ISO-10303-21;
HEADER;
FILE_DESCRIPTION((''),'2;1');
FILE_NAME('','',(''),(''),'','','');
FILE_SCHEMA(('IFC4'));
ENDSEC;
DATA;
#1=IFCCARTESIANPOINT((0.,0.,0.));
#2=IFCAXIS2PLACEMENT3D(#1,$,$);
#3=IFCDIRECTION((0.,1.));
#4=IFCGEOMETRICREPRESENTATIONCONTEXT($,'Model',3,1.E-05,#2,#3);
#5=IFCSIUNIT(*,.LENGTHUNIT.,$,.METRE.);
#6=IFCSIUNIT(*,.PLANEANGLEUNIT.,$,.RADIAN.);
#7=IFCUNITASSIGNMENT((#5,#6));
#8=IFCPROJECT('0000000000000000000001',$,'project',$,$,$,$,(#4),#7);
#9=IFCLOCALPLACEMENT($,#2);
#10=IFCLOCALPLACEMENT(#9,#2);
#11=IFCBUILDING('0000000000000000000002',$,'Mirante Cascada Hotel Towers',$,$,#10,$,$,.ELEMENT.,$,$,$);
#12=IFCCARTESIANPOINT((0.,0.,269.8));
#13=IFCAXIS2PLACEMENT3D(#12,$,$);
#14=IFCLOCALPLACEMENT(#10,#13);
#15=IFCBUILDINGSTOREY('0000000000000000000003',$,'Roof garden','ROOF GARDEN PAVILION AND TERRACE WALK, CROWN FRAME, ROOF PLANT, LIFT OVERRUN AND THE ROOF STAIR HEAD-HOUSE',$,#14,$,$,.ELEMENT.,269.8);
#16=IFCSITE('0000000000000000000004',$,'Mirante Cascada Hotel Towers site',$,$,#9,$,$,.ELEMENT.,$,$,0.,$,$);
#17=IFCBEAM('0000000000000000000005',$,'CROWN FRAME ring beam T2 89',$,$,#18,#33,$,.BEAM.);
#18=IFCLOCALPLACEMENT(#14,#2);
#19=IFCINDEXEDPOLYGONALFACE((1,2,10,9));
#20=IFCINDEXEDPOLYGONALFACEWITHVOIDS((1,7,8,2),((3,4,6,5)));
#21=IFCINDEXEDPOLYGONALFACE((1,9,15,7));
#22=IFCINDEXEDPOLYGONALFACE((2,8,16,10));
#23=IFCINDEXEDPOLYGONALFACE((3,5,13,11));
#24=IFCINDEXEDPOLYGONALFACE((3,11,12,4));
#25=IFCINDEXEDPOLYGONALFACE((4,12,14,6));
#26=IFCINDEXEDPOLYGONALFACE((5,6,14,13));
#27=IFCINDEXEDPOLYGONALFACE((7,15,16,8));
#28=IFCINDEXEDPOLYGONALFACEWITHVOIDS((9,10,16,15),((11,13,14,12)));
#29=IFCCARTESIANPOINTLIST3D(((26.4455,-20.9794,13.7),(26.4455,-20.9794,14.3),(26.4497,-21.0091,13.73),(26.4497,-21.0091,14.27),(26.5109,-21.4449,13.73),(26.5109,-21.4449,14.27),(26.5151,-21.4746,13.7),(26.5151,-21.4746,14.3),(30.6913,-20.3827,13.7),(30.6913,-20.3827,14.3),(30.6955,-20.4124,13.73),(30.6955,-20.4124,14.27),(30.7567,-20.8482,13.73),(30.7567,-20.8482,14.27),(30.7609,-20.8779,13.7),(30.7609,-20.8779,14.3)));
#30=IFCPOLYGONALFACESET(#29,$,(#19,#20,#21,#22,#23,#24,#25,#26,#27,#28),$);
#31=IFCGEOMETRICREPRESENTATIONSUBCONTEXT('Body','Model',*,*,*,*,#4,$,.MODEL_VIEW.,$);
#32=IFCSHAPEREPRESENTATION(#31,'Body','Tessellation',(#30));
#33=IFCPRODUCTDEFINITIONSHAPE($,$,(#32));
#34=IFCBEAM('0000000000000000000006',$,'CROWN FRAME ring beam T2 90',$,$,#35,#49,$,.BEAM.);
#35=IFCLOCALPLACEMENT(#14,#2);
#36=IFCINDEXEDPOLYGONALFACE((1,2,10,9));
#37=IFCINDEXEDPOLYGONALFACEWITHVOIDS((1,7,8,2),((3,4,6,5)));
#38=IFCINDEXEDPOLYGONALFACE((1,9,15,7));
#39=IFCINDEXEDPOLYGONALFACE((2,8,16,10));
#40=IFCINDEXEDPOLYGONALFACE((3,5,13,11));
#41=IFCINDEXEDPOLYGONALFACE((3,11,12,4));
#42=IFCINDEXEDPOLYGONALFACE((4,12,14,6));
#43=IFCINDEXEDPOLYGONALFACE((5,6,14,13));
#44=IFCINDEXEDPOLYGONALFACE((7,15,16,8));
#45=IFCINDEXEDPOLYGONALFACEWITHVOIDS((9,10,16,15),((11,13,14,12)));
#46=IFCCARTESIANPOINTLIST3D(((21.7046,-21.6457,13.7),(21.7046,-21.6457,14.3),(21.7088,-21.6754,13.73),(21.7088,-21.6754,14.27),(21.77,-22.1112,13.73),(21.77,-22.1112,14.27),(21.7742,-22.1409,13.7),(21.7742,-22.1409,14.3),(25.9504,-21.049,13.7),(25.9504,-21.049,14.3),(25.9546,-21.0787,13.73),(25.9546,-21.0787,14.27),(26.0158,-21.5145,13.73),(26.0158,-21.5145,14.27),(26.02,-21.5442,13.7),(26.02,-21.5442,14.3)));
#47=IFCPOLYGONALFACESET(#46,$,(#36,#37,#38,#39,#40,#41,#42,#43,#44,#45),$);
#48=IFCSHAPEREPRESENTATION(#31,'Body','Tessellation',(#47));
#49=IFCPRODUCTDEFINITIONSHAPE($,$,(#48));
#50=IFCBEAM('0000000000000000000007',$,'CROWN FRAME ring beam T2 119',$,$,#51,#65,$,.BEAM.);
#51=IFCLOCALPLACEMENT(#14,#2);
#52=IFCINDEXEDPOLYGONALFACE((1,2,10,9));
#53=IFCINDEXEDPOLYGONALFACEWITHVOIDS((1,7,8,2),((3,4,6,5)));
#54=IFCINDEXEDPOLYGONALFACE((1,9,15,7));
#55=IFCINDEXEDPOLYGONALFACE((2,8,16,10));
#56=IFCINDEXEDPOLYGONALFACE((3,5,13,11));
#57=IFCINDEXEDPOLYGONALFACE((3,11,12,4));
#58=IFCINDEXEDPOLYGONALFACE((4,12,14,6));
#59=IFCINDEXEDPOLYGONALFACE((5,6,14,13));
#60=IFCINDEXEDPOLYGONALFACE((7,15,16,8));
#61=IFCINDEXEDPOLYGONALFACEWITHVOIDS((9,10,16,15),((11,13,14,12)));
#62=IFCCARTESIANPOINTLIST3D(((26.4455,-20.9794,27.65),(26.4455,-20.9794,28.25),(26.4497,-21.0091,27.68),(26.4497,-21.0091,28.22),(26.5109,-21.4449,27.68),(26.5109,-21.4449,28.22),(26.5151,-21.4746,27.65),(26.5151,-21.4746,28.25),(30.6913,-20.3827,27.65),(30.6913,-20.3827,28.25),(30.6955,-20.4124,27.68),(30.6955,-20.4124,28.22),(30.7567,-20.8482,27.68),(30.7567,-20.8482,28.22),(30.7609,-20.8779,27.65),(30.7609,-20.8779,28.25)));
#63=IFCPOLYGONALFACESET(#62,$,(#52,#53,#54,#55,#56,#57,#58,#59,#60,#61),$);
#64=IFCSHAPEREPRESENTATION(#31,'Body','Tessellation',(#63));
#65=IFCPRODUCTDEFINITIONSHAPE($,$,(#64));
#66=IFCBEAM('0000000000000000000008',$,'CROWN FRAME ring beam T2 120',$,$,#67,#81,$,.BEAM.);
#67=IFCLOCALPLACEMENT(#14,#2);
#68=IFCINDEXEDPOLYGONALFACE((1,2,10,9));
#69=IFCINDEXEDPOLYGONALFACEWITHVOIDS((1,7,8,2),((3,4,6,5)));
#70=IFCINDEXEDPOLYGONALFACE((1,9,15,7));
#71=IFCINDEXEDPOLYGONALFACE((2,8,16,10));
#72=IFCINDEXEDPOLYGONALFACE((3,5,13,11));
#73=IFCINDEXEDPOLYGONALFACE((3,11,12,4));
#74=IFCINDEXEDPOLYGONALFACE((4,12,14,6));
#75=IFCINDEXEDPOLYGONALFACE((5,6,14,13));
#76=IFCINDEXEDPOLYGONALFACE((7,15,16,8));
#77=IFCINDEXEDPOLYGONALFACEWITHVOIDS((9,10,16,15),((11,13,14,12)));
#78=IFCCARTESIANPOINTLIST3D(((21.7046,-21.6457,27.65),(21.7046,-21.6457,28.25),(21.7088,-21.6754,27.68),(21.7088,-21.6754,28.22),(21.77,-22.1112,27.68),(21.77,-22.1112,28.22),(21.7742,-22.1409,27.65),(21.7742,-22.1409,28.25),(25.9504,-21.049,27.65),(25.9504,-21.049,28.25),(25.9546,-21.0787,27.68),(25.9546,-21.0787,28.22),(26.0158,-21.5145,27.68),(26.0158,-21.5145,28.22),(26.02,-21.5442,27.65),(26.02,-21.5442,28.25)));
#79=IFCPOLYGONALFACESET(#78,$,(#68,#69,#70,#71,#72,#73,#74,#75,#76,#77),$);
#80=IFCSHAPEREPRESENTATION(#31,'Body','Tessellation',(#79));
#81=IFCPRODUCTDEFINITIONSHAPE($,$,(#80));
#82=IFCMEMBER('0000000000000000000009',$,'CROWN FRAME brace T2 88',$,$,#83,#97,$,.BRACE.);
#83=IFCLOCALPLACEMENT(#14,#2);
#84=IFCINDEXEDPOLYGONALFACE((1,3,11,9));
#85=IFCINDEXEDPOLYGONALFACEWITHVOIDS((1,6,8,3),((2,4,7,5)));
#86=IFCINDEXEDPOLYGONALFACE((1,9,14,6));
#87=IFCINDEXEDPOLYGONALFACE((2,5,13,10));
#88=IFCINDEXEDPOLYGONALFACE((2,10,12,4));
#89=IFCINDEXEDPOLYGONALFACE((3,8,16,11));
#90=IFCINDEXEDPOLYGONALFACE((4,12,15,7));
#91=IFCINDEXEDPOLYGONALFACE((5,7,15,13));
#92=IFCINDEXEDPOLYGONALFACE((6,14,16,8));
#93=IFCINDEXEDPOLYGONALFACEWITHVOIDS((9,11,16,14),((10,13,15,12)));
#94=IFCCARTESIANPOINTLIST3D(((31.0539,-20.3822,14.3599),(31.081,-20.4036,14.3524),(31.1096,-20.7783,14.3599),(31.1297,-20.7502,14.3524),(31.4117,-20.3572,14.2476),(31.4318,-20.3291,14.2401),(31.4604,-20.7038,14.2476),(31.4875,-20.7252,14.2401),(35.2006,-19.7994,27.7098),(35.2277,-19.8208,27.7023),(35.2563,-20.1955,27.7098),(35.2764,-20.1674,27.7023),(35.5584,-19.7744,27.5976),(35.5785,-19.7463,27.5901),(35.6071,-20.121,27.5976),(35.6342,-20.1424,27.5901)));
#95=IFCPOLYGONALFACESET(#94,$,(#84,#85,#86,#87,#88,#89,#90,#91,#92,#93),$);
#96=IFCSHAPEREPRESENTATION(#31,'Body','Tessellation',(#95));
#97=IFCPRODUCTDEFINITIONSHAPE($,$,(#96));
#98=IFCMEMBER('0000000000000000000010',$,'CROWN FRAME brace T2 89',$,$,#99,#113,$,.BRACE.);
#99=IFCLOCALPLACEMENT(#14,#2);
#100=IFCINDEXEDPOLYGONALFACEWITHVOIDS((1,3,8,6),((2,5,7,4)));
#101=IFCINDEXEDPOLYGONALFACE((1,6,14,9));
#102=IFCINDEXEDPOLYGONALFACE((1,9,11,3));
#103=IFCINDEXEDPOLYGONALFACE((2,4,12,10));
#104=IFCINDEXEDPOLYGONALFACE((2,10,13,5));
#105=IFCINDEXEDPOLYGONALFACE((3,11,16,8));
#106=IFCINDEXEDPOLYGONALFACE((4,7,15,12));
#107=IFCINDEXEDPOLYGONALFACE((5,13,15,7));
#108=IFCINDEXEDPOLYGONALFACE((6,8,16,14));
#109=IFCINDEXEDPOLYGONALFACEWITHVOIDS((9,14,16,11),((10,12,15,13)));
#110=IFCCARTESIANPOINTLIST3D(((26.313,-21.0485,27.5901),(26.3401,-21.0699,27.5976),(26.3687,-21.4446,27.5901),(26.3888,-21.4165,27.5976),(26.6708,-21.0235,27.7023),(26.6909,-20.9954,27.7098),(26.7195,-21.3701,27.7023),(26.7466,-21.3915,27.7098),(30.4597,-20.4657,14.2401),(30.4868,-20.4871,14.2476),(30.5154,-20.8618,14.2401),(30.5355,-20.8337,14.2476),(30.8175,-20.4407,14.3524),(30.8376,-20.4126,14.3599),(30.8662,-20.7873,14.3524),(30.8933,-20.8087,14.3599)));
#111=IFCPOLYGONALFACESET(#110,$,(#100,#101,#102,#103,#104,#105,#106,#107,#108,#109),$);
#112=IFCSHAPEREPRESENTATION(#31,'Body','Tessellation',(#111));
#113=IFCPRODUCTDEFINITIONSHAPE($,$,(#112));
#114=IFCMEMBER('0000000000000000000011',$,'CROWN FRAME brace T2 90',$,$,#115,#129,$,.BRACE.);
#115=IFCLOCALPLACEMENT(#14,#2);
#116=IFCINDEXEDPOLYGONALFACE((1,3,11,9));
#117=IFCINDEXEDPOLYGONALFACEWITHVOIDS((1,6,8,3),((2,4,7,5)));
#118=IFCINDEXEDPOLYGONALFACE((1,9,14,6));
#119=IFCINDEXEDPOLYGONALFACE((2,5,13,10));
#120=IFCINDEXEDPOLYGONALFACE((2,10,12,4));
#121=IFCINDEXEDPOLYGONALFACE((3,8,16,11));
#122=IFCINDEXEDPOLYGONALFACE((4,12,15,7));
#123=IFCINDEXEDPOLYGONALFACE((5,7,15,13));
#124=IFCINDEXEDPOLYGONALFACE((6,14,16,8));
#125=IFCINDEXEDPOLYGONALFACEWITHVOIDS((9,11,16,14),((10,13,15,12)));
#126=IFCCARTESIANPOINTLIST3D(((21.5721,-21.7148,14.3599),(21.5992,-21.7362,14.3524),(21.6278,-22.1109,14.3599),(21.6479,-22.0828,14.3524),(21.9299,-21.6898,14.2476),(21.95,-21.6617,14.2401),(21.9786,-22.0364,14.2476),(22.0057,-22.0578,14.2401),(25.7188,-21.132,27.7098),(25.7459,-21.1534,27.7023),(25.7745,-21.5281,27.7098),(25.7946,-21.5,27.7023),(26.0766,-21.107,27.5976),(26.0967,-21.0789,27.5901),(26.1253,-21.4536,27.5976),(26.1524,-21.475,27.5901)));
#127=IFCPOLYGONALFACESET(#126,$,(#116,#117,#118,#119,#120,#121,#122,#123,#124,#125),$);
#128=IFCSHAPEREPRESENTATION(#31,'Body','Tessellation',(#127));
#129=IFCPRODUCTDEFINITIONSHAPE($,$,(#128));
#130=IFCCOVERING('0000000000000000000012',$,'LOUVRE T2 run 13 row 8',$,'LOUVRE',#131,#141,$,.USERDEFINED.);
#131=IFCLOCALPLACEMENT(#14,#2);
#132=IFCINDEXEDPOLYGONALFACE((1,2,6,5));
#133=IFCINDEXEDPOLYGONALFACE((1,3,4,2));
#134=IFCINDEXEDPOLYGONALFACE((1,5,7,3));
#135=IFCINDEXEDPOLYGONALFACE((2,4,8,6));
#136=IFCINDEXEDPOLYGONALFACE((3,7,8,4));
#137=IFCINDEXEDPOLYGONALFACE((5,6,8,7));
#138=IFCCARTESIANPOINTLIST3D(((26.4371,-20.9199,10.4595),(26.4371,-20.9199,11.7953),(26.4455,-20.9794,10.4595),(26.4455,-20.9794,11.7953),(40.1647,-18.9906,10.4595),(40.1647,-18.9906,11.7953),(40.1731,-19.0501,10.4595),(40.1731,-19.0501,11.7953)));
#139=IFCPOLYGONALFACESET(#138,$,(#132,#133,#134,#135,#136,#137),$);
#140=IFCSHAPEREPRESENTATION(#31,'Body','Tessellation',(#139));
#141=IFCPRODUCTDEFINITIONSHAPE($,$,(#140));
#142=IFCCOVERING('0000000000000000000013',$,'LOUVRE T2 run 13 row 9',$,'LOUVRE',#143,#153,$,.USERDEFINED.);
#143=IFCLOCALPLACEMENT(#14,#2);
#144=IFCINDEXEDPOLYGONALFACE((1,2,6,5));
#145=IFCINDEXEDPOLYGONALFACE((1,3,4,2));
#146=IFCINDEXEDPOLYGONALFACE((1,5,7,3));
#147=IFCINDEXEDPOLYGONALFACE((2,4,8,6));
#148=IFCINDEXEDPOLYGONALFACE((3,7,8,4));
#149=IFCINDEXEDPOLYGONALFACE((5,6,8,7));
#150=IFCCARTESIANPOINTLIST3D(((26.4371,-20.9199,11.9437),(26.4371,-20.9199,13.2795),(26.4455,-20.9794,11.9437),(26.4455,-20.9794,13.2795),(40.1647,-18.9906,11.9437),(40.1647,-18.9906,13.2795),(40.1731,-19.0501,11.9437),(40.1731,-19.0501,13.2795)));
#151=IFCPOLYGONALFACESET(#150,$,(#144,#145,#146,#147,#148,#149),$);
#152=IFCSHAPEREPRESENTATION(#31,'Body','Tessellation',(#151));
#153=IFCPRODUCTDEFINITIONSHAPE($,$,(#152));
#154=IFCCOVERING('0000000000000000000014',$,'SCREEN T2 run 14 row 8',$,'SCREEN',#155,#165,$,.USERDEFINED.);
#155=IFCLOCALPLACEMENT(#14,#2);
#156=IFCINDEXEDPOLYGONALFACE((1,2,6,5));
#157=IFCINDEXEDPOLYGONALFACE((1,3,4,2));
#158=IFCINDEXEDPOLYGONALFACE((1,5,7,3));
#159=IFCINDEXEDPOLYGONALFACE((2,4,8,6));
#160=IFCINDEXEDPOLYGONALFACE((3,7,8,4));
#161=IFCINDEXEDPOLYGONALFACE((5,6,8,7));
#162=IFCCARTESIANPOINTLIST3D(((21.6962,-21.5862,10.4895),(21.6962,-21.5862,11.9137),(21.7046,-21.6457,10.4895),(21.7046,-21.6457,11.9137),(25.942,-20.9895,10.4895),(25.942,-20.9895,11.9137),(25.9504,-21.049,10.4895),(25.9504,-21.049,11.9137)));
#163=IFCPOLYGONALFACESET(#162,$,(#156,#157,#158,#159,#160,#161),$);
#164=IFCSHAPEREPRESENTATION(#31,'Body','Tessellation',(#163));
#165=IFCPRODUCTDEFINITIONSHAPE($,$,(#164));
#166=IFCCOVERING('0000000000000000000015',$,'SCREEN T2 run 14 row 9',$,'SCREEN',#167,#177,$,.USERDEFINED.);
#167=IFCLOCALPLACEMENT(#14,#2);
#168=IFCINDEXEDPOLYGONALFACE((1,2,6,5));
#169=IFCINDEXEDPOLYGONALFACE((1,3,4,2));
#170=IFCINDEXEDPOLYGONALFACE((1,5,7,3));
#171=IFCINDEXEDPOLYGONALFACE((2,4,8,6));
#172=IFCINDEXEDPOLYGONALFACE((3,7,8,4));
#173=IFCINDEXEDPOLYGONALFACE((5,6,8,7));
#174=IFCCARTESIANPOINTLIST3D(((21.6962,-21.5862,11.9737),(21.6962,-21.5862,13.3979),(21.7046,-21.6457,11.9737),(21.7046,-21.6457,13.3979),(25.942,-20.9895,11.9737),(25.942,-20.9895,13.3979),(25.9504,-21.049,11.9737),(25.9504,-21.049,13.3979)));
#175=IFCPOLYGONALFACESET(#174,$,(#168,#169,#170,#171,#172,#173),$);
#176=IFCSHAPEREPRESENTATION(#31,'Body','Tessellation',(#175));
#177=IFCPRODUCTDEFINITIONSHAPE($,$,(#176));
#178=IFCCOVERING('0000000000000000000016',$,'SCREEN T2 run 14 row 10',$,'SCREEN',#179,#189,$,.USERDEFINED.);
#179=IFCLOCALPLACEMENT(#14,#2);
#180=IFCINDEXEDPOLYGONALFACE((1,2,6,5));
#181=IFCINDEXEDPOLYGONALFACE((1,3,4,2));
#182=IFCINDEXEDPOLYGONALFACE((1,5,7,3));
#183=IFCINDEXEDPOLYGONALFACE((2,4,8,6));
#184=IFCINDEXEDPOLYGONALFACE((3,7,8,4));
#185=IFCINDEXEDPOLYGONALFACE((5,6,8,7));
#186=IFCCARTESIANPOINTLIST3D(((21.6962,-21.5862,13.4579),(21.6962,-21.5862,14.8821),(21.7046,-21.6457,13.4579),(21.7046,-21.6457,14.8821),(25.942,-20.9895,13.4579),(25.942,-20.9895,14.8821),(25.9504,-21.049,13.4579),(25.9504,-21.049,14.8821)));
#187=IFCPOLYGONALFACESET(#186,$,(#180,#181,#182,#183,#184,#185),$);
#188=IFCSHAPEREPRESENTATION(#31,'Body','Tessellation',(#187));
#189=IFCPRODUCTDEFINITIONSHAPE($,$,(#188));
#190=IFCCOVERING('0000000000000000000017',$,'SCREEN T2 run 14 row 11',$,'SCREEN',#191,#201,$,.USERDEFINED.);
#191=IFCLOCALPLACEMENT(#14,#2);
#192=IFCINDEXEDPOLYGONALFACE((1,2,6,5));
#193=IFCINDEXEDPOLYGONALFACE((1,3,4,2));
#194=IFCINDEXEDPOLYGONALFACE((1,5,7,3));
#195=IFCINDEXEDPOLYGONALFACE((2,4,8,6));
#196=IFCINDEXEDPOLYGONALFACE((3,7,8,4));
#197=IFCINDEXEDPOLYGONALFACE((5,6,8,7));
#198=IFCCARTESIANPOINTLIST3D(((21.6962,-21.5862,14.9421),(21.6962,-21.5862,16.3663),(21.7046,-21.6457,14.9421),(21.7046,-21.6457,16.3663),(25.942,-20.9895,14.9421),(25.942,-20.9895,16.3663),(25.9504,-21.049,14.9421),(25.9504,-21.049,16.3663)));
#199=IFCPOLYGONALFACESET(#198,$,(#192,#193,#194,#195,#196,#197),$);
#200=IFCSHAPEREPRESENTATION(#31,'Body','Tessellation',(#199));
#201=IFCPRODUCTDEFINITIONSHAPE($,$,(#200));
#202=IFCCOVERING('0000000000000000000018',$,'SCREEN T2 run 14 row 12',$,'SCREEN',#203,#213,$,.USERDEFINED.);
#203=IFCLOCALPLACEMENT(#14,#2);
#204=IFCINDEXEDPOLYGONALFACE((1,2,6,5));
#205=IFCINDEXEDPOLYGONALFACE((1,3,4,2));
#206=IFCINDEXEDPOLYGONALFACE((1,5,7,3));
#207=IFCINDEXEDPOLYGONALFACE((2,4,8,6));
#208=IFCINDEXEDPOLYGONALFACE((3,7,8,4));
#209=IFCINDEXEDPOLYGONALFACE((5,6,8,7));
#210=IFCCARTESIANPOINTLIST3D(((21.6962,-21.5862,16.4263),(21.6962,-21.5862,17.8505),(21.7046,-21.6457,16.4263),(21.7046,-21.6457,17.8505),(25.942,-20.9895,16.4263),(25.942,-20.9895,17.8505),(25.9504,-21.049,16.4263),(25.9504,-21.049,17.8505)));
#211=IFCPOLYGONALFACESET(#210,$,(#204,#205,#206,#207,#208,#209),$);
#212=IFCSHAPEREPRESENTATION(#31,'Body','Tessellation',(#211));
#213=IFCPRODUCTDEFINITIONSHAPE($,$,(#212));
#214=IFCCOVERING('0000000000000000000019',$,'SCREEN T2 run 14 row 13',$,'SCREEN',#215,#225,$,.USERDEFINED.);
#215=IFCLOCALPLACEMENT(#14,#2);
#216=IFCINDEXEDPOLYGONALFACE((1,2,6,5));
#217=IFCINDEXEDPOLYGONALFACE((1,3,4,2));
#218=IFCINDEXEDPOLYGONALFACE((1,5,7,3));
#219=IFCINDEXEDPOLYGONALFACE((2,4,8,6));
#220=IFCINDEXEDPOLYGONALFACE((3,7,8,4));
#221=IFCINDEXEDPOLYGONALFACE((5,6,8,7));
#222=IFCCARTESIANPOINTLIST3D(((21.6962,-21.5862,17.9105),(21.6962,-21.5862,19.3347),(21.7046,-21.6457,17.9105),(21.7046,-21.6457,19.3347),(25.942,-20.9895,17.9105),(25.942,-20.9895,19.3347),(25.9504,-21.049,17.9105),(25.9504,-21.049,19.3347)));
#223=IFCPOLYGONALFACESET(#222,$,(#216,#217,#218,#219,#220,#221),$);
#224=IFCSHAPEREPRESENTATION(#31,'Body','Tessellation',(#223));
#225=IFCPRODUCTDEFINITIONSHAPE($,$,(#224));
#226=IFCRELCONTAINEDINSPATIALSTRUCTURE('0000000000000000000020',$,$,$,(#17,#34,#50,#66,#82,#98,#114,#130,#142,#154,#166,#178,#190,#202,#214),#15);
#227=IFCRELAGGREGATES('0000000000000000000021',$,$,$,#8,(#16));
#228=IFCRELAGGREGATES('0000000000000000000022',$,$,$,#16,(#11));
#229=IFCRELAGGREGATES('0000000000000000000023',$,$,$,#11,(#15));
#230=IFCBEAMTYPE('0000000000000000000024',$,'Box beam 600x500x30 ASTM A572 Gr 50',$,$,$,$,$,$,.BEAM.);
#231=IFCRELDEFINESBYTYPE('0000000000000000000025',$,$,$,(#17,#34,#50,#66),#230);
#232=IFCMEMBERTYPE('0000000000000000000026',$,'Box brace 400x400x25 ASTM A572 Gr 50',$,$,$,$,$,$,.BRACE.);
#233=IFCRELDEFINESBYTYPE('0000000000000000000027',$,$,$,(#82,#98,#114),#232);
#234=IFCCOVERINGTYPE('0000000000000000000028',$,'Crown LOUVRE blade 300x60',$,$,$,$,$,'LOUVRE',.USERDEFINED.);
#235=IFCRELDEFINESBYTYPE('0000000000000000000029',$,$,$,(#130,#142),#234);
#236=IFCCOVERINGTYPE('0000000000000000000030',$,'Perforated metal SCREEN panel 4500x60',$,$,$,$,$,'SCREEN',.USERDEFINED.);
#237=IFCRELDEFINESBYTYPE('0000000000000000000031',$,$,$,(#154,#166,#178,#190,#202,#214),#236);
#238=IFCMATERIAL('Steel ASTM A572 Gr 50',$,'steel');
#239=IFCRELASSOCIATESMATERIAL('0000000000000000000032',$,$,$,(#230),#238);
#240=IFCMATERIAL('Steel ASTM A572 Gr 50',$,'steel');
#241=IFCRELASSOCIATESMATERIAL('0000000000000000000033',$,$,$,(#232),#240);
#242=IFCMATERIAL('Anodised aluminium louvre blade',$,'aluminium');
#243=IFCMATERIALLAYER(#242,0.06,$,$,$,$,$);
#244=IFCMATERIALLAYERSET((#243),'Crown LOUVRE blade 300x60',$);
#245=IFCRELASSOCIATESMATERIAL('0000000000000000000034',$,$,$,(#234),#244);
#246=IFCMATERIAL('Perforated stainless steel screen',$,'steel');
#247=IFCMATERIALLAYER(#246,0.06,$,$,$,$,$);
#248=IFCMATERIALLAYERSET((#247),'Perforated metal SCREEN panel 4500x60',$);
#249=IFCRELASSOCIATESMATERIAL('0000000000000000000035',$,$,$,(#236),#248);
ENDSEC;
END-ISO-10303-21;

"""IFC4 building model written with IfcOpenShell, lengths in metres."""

from ifc_helpers import new_model, si_unit, direction, frame, origin, origin_2d, place, context, subcontext, project, spatial, rectangle, hollow_rectangle, extrude, material, layer, layer_set, material_profile, profile_set, type_object, element, save


model = new_model("IFC4")

# Units and contexts
model_context = context("Model", 3, precision=1e-05, world=origin(), true_north=direction((0.0, 1.0)))
body_context = subcontext(model_context, "Body", "Model", "MODEL_VIEW")
ifc_project = project(units=[si_unit("LENGTHUNIT", "METRE"), si_unit("PLANEANGLEUNIT", "RADIAN")], contexts=[model_context])

# Site, building, storey
site_placement = place(None, origin())
site = spatial("IfcSite", under=ifc_project, at=site_placement, Name="Mirante Cascada Hotel Towers site", CompositionType="ELEMENT", RefElevation=0.0)
building_placement = place(site_placement, origin())
building = spatial("IfcBuilding", under=site, at=building_placement, Name="Mirante Cascada Hotel Towers", CompositionType="ELEMENT")
storey_placement = place(building_placement, frame((0.0, 0.0, 269.8)))
storey = spatial("IfcBuildingStorey", under=building, at=storey_placement, Name="Roof garden", Description="ROOF GARDEN PAVILION AND TERRACE WALK, CROWN FRAME, ROOF PLANT, LIFT OVERRUN AND THE ROOF STAIR HEAD-HOUSE", CompositionType="ELEMENT", Elevation=269.8)

# Beams
ifc_material_1 = material(Name="Steel ASTM A572 Gr 50", Category="steel")
ifc_material_profile_1 = material_profile(ifc_material_1, hollow_rectangle(XDim=0.5, YDim=0.6, WallThickness=0.03, at=origin_2d()), Name="Box beam 600x500x30 ASTM A572 Gr 50")
ifc_profile_set_1 = profile_set([ifc_material_profile_1], Name="Steel ASTM A572 Gr 50")
beam_type = type_object("IfcBeamType", Name="Box beam 600x500x30 ASTM A572 Gr 50", PredefinedType="BEAM", material=ifc_profile_set_1)
for number, where, z_axis, x_axis, name in (
    (1, (30.7261, -20.6303, 14.0), (-0.990268, -0.139171, 0.0), (0.139171, -0.990268, 0.0), "CROWN FRAME ring beam T2 89"),
    (2, (25.9852, -21.2966, 14.0), (-0.990268, -0.139171, 0.0), (0.139171, -0.990268, 0.0), "CROWN FRAME ring beam T2 90"),
    (3, (30.7261, -20.6303, 27.95), (-0.990268, -0.139171, 0.0), (0.139171, -0.990268, 0.0), "CROWN FRAME ring beam T2 119"),
    (4, (25.9852, -21.2966, 27.95), (-0.990268, -0.139171, 0.0), (0.139171, -0.990268, 0.0), "CROWN FRAME ring beam T2 120"),
):
    element("IfcBeam", number, at=place(storey_placement, frame(where, z_axis=z_axis, x_axis=x_axis)), inside=storey, type_object=beam_type, Name=name, PredefinedType="BEAM", context=body_context, shape_type="SweptSolid", body=[
        extrude(hollow_rectangle(XDim=0.5, YDim=0.6, WallThickness=0.03, at=origin_2d()), origin(), (0.0, 0.0, 1.0), 4.2875),
    ])

# Members
ifc_material_2 = material(Name="Steel ASTM A572 Gr 50", Category="steel")
ifc_material_profile_2 = material_profile(ifc_material_2, hollow_rectangle(XDim=0.4, YDim=0.4, WallThickness=0.025, at=origin_2d()), Name="Box brace 400x400x25 ASTM A572 Gr 50")
ifc_profile_set_2 = profile_set([ifc_material_profile_2], Name="Steel ASTM A572 Gr 50")
member_type = type_object("IfcMemberType", Name="Box brace 400x400x25 ASTM A572 Gr 50", PredefinedType="BRACE", material=ifc_profile_set_2)
for number, where, z_axis, x_axis, name in (
    (5, (31.2707, -20.5537, 14.3), (0.296376, 0.041654, 0.954162), (-0.139178, 0.990267, 0.0), "CROWN FRAME brace T2 88"),
    (6, (30.6765, -20.6372, 14.3), (-0.296376, -0.041654, 0.954162), (0.139178, -0.990267, 0.0), "CROWN FRAME brace T2 89"),
    (7, (21.7889, -21.8863, 14.3), (0.296376, 0.041654, 0.954162), (-0.139178, 0.990267, 0.0), "CROWN FRAME brace T2 90"),
):
    element("IfcMember", number, at=place(storey_placement, frame(where, z_axis=z_axis, x_axis=x_axis)), inside=storey, type_object=member_type, Name=name, PredefinedType="BRACE", context=body_context, shape_type="SweptSolid", body=[
        extrude(hollow_rectangle(XDim=0.4, YDim=0.4, WallThickness=0.025, at=origin_2d()), origin(), (0.0, 0.0, 1.0), 13.9913),
    ])

# Coverings
ifc_material_3 = material(Name="Anodised aluminium louvre blade", Category="aluminium")
ifc_layer_1 = layer(ifc_material_3, 0.06)
ifc_layer_set_1 = layer_set([ifc_layer_1], Name="Crown LOUVRE blade 300x60")
covering_type_1 = type_object("IfcCoveringType", Name="Crown LOUVRE blade 300x60", ElementType="LOUVRE", PredefinedType="USERDEFINED", material=ifc_layer_set_1)
for number, where, z_axis, x_axis, name in (
    (8, (33.3051, -19.985, 10.4595), (0.0, 0.0, 1.0), (-0.990268, -0.139173, 0.0), "LOUVRE T2 run 13 row 8"),
    (9, (33.3051, -19.985, 11.9437), (0.0, 0.0, 1.0), (-0.990268, -0.139173, 0.0), "LOUVRE T2 run 13 row 9"),
):
    element("IfcCovering", number, at=place(storey_placement, frame(where, z_axis=z_axis, x_axis=x_axis)), inside=storey, type_object=covering_type_1, Name=name, ObjectType="LOUVRE", PredefinedType="USERDEFINED", context=body_context, shape_type="SweptSolid", body=[
        extrude(rectangle(XDim=13.8625, YDim=0.06, at=origin_2d()), origin(), (0.0, 0.0, 1.0), 1.3358),
    ])
ifc_material_4 = material(Name="Perforated stainless steel screen", Category="steel")
ifc_layer_2 = layer(ifc_material_4, 0.06)
ifc_layer_set_2 = layer_set([ifc_layer_2], Name="Perforated metal SCREEN panel 4500x60")
covering_type_2 = type_object("IfcCoveringType", Name="Perforated metal SCREEN panel 4500x60", ElementType="SCREEN", PredefinedType="USERDEFINED", material=ifc_layer_set_2)
for number, where, z_axis, x_axis, name in (
    (10, (23.8233, -21.3176, 10.4895), (0.0, 0.0, 1.0), (-0.990268, -0.139173, 0.0), "SCREEN T2 run 14 row 8"),
    (11, (23.8233, -21.3176, 11.9737), (0.0, 0.0, 1.0), (-0.990268, -0.139173, 0.0), "SCREEN T2 run 14 row 9"),
    (12, (23.8233, -21.3176, 13.4579), (0.0, 0.0, 1.0), (-0.990268, -0.139173, 0.0), "SCREEN T2 run 14 row 10"),
    (13, (23.8233, -21.3176, 14.9421), (0.0, 0.0, 1.0), (-0.990268, -0.139173, 0.0), "SCREEN T2 run 14 row 11"),
    (14, (23.8233, -21.3176, 16.4263), (0.0, 0.0, 1.0), (-0.990268, -0.139173, 0.0), "SCREEN T2 run 14 row 12"),
    (15, (23.8233, -21.3176, 17.9105), (0.0, 0.0, 1.0), (-0.990268, -0.139173, 0.0), "SCREEN T2 run 14 row 13"),
):
    element("IfcCovering", number, at=place(storey_placement, frame(where, z_axis=z_axis, x_axis=x_axis)), inside=storey, type_object=covering_type_2, Name=name, ObjectType="SCREEN", PredefinedType="USERDEFINED", context=body_context, shape_type="SweptSolid", body=[
        extrude(rectangle(XDim=4.2875, YDim=0.06, at=origin_2d()), origin(), (0.0, 0.0, 1.0), 1.4242),
    ])

save(model, "model.ifc")
